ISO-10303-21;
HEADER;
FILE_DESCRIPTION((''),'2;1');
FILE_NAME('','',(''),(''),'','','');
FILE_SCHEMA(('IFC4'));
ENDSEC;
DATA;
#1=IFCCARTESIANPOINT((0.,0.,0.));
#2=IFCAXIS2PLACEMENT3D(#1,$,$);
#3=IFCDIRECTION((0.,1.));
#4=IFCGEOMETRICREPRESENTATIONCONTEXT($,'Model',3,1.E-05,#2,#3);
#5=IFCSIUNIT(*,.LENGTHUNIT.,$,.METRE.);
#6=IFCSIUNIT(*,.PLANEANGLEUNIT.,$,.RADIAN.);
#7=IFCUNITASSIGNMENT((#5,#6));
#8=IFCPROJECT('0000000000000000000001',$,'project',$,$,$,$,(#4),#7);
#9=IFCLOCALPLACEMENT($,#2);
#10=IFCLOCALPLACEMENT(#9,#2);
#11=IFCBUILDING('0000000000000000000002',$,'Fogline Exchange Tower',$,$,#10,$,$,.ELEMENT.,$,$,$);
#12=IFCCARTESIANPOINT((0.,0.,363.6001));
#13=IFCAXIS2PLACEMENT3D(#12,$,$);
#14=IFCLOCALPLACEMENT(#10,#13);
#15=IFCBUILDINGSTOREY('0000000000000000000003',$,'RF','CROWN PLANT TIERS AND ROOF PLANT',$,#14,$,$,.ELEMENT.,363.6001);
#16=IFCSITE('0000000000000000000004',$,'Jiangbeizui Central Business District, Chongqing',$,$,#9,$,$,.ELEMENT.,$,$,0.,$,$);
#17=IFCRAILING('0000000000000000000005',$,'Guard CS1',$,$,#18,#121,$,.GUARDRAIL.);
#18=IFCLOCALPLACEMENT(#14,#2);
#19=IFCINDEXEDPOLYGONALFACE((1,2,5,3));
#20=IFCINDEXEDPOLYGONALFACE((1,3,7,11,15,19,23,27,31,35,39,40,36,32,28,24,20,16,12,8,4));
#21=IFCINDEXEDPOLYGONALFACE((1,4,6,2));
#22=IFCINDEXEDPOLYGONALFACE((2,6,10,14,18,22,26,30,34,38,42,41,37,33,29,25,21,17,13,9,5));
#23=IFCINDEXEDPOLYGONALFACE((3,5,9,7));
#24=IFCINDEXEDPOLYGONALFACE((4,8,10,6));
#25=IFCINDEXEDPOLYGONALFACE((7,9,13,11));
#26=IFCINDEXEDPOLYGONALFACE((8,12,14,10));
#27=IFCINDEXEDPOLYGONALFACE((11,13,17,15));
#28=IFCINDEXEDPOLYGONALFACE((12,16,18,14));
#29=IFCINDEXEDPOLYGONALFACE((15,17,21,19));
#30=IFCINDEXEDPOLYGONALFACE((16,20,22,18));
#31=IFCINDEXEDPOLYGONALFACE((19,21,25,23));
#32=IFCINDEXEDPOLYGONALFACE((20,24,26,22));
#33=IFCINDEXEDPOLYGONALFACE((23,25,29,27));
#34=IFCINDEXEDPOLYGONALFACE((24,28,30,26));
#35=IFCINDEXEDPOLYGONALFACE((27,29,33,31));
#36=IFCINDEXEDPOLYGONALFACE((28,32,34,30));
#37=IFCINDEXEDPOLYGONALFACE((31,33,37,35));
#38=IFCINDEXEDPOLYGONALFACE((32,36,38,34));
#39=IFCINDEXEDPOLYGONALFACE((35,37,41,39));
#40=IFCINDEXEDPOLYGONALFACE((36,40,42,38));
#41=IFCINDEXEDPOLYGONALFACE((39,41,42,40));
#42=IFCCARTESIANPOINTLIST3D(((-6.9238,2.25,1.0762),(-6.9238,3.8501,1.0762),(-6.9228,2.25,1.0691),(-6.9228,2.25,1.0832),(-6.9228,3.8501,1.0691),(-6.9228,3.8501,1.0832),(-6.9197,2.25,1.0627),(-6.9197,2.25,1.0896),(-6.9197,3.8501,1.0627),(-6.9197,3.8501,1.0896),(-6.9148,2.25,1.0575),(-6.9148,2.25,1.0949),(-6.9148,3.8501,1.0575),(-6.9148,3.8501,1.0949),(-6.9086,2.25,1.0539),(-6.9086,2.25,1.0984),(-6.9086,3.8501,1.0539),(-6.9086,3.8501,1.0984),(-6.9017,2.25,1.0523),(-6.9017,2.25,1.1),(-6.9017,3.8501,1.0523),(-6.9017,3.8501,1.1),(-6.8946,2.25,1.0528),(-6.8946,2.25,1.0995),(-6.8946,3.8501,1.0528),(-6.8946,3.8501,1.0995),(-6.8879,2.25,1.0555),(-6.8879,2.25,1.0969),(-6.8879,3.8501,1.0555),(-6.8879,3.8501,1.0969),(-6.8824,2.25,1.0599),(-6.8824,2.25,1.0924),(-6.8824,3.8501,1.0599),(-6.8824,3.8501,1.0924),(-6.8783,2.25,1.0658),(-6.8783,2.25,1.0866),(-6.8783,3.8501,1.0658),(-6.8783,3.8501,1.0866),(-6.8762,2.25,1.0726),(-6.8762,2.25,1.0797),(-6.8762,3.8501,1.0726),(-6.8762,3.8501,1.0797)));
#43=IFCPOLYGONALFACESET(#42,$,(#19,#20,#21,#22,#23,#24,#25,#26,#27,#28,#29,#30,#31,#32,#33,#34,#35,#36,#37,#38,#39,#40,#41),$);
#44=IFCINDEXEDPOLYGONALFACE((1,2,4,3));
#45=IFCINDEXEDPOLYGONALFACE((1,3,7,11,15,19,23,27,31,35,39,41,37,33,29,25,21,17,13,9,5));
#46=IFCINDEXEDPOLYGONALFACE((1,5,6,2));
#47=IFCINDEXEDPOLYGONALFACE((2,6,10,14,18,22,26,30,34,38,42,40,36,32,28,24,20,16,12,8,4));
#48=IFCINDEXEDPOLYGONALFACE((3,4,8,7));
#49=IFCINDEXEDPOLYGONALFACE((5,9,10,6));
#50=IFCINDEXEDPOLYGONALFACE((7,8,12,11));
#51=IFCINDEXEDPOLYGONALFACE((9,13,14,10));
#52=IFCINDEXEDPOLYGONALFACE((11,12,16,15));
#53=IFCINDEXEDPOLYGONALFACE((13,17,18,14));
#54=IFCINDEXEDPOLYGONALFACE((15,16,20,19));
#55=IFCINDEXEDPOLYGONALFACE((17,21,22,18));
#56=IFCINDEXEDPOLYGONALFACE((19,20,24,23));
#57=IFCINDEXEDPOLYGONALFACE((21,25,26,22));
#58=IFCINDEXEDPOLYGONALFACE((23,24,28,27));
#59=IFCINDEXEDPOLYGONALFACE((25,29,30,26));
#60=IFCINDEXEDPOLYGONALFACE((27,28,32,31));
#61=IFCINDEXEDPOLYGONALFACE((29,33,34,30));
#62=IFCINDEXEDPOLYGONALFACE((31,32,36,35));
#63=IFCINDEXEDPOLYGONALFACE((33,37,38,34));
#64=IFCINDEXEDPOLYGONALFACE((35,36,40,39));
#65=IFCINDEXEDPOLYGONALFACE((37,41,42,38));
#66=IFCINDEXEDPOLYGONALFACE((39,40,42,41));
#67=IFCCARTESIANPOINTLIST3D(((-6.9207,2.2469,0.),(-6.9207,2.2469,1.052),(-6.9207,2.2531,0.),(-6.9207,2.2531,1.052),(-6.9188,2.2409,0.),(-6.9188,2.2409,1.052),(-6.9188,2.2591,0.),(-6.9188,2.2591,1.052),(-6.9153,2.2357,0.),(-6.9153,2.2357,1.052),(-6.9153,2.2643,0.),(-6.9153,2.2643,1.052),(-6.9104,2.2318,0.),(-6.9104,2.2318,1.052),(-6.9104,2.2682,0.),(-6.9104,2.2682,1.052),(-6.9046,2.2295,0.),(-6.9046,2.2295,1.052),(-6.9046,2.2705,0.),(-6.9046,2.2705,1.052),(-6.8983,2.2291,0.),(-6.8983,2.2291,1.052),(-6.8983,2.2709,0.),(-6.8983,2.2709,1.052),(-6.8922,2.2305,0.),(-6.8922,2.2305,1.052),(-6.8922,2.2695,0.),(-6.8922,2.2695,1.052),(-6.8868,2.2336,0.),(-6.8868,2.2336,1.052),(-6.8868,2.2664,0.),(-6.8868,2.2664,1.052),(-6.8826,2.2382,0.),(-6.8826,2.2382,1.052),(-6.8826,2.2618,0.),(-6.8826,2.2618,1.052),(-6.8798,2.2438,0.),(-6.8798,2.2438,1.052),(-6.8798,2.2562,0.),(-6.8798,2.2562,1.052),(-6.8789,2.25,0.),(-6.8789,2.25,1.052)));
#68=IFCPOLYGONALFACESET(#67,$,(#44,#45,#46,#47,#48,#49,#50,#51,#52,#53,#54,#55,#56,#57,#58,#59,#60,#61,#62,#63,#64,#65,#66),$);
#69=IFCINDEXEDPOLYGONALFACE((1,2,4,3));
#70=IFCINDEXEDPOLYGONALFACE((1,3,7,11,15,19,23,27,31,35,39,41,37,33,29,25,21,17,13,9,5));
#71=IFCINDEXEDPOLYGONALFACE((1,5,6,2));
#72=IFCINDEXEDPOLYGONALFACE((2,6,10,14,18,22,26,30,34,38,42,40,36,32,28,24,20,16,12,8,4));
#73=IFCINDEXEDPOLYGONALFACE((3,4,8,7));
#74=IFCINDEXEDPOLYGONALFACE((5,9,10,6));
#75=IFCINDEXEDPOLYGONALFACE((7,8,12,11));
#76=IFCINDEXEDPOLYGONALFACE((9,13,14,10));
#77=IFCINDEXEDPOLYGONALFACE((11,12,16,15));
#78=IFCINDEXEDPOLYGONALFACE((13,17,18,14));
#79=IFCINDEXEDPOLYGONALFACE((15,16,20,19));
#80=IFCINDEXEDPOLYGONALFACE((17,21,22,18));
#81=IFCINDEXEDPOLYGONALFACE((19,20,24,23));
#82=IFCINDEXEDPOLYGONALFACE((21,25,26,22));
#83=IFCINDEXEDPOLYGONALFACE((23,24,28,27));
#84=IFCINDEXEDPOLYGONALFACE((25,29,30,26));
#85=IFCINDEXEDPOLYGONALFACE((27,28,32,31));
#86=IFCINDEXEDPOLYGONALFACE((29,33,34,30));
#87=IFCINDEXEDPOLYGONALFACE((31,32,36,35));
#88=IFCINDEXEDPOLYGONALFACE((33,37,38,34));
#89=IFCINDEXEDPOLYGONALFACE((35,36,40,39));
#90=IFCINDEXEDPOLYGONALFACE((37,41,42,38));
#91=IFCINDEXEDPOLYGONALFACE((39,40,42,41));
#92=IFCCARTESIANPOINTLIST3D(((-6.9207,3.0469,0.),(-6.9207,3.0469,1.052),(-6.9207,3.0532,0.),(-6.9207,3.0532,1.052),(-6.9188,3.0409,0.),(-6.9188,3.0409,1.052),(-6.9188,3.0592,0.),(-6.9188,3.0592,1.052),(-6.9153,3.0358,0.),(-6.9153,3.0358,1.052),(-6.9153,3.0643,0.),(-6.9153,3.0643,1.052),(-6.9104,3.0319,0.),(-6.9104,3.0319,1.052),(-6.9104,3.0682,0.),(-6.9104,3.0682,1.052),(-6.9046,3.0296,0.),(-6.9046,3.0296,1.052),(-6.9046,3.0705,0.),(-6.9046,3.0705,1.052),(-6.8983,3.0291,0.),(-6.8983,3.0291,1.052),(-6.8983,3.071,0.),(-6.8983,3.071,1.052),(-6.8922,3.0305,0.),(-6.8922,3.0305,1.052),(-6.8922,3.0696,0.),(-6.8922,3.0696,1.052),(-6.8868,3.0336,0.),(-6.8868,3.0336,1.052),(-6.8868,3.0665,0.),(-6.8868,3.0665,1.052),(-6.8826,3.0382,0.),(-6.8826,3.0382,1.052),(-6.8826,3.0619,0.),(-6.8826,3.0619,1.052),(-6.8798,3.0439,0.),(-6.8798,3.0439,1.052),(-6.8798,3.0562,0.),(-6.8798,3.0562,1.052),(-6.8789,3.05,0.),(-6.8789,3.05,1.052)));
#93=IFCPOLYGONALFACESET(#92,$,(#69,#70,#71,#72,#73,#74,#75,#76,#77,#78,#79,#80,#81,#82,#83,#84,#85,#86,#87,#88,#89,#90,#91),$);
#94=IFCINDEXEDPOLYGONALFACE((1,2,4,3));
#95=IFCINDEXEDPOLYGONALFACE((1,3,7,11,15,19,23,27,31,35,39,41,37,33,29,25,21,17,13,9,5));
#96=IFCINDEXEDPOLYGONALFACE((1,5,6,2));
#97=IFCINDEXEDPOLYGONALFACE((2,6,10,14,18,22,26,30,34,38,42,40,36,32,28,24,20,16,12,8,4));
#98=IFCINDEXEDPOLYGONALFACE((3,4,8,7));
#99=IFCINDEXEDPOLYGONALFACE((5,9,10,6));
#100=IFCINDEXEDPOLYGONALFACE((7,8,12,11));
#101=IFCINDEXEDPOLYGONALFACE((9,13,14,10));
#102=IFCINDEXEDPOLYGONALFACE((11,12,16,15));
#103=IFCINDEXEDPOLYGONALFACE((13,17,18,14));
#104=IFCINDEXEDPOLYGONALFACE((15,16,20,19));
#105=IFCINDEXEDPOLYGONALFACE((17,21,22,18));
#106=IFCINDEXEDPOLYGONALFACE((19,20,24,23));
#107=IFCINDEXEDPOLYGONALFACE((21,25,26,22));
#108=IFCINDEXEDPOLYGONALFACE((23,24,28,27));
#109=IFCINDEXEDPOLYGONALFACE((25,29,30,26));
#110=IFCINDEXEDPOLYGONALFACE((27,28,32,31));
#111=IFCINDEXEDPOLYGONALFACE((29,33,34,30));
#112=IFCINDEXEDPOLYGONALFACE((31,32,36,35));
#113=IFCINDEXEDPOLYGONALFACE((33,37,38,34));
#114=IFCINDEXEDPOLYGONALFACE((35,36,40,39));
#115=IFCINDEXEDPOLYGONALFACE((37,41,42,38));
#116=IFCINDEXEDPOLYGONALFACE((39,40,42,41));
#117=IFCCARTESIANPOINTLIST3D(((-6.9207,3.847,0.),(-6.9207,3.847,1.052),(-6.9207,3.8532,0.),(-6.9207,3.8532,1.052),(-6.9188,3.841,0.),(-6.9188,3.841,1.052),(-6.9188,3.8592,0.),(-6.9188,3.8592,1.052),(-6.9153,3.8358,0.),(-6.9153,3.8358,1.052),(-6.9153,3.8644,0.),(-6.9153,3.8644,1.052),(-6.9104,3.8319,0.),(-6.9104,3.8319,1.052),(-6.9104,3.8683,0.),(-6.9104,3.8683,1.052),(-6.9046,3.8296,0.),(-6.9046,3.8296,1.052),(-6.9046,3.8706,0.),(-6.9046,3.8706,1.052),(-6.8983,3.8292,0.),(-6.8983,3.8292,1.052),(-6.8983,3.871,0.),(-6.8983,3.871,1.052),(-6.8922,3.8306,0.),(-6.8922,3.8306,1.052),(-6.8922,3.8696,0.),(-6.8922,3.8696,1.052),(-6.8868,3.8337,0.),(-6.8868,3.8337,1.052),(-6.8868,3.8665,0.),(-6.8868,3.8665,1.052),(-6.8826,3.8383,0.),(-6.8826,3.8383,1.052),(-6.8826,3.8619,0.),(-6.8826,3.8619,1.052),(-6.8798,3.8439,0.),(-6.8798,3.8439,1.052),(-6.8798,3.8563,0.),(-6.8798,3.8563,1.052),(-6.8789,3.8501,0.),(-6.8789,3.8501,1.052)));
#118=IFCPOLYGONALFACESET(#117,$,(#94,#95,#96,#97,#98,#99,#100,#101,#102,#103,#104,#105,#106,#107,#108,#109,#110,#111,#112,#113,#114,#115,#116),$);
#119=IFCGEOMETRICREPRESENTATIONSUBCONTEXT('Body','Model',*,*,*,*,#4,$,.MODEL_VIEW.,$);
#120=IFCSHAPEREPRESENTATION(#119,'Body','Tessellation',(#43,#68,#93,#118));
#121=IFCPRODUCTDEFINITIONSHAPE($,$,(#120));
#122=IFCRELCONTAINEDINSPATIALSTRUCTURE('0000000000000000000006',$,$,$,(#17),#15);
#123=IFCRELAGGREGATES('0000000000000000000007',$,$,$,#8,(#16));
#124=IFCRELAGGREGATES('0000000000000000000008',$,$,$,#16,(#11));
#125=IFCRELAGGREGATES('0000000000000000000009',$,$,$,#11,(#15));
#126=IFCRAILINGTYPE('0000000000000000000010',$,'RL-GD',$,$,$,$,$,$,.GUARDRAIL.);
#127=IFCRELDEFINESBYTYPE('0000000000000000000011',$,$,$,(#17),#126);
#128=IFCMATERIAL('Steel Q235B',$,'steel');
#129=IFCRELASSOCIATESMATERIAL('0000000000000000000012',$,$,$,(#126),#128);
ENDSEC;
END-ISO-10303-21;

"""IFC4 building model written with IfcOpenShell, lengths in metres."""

from ifc_helpers import new_model, si_unit, direction, frame, origin, origin_2d, place, context, subcontext, project, spatial, circle, extrude, material, type_object, element, save


model = new_model("IFC4")

# Units and contexts
model_context = context("Model", 3, precision=1e-05, world=origin(), true_north=direction((0.0, 1.0)))
body_context = subcontext(model_context, "Body", "Model", "MODEL_VIEW")
ifc_project = project(units=[si_unit("LENGTHUNIT", "METRE"), si_unit("PLANEANGLEUNIT", "RADIAN")], contexts=[model_context])

# Site, building, storey
site_placement = place(None, origin())
site = spatial("IfcSite", under=ifc_project, at=site_placement, Name="Jiangbeizui Central Business District, Chongqing", CompositionType="ELEMENT", RefElevation=0.0)
building_placement = place(site_placement, origin())
building = spatial("IfcBuilding", under=site, at=building_placement, Name="Fogline Exchange Tower", CompositionType="ELEMENT")
storey_placement = place(building_placement, frame((0.0, 0.0, 363.6001)))
storey = spatial("IfcBuildingStorey", under=building, at=storey_placement, Name="RF", Description="CROWN PLANT TIERS AND ROOF PLANT", CompositionType="ELEMENT", Elevation=363.6001)

# Railing
ifc_material_1 = material(Name="Steel Q235B", Category="steel")
railing_type = type_object("IfcRailingType", Name="RL-GD", PredefinedType="GUARDRAIL", material=ifc_material_1)
railing_placement = place(storey_placement, frame((-6.8999, 2.25, 0.0)))
element("IfcRailing", 1, at=railing_placement, inside=storey, type_object=railing_type, Name="Guard CS1", PredefinedType="GUARDRAIL", context=body_context, shape_type="SweptSolid", body=[
    extrude(circle(Radius=0.0239, at=origin_2d()), frame((0.0, 0.0, 1.0762), z_axis=(0.0, 1.0, 0.0), x_axis=(-1.0, 0.0, 0.0)), (0.0, 0.0, 1.0), 1.6001),
    extrude(circle(Radius=0.021, at=origin_2d()), origin(), (0.0, 0.0, 1.0), 1.052),
    extrude(circle(Radius=0.021, at=origin_2d()), frame((0.0, 0.8, 0.0)), (0.0, 0.0, 1.0), 1.052),
    extrude(circle(Radius=0.021, at=origin_2d()), frame((0.0, 1.6001, 0.0)), (0.0, 0.0, 1.0), 1.052),
])

save(model, "model.ifc")
